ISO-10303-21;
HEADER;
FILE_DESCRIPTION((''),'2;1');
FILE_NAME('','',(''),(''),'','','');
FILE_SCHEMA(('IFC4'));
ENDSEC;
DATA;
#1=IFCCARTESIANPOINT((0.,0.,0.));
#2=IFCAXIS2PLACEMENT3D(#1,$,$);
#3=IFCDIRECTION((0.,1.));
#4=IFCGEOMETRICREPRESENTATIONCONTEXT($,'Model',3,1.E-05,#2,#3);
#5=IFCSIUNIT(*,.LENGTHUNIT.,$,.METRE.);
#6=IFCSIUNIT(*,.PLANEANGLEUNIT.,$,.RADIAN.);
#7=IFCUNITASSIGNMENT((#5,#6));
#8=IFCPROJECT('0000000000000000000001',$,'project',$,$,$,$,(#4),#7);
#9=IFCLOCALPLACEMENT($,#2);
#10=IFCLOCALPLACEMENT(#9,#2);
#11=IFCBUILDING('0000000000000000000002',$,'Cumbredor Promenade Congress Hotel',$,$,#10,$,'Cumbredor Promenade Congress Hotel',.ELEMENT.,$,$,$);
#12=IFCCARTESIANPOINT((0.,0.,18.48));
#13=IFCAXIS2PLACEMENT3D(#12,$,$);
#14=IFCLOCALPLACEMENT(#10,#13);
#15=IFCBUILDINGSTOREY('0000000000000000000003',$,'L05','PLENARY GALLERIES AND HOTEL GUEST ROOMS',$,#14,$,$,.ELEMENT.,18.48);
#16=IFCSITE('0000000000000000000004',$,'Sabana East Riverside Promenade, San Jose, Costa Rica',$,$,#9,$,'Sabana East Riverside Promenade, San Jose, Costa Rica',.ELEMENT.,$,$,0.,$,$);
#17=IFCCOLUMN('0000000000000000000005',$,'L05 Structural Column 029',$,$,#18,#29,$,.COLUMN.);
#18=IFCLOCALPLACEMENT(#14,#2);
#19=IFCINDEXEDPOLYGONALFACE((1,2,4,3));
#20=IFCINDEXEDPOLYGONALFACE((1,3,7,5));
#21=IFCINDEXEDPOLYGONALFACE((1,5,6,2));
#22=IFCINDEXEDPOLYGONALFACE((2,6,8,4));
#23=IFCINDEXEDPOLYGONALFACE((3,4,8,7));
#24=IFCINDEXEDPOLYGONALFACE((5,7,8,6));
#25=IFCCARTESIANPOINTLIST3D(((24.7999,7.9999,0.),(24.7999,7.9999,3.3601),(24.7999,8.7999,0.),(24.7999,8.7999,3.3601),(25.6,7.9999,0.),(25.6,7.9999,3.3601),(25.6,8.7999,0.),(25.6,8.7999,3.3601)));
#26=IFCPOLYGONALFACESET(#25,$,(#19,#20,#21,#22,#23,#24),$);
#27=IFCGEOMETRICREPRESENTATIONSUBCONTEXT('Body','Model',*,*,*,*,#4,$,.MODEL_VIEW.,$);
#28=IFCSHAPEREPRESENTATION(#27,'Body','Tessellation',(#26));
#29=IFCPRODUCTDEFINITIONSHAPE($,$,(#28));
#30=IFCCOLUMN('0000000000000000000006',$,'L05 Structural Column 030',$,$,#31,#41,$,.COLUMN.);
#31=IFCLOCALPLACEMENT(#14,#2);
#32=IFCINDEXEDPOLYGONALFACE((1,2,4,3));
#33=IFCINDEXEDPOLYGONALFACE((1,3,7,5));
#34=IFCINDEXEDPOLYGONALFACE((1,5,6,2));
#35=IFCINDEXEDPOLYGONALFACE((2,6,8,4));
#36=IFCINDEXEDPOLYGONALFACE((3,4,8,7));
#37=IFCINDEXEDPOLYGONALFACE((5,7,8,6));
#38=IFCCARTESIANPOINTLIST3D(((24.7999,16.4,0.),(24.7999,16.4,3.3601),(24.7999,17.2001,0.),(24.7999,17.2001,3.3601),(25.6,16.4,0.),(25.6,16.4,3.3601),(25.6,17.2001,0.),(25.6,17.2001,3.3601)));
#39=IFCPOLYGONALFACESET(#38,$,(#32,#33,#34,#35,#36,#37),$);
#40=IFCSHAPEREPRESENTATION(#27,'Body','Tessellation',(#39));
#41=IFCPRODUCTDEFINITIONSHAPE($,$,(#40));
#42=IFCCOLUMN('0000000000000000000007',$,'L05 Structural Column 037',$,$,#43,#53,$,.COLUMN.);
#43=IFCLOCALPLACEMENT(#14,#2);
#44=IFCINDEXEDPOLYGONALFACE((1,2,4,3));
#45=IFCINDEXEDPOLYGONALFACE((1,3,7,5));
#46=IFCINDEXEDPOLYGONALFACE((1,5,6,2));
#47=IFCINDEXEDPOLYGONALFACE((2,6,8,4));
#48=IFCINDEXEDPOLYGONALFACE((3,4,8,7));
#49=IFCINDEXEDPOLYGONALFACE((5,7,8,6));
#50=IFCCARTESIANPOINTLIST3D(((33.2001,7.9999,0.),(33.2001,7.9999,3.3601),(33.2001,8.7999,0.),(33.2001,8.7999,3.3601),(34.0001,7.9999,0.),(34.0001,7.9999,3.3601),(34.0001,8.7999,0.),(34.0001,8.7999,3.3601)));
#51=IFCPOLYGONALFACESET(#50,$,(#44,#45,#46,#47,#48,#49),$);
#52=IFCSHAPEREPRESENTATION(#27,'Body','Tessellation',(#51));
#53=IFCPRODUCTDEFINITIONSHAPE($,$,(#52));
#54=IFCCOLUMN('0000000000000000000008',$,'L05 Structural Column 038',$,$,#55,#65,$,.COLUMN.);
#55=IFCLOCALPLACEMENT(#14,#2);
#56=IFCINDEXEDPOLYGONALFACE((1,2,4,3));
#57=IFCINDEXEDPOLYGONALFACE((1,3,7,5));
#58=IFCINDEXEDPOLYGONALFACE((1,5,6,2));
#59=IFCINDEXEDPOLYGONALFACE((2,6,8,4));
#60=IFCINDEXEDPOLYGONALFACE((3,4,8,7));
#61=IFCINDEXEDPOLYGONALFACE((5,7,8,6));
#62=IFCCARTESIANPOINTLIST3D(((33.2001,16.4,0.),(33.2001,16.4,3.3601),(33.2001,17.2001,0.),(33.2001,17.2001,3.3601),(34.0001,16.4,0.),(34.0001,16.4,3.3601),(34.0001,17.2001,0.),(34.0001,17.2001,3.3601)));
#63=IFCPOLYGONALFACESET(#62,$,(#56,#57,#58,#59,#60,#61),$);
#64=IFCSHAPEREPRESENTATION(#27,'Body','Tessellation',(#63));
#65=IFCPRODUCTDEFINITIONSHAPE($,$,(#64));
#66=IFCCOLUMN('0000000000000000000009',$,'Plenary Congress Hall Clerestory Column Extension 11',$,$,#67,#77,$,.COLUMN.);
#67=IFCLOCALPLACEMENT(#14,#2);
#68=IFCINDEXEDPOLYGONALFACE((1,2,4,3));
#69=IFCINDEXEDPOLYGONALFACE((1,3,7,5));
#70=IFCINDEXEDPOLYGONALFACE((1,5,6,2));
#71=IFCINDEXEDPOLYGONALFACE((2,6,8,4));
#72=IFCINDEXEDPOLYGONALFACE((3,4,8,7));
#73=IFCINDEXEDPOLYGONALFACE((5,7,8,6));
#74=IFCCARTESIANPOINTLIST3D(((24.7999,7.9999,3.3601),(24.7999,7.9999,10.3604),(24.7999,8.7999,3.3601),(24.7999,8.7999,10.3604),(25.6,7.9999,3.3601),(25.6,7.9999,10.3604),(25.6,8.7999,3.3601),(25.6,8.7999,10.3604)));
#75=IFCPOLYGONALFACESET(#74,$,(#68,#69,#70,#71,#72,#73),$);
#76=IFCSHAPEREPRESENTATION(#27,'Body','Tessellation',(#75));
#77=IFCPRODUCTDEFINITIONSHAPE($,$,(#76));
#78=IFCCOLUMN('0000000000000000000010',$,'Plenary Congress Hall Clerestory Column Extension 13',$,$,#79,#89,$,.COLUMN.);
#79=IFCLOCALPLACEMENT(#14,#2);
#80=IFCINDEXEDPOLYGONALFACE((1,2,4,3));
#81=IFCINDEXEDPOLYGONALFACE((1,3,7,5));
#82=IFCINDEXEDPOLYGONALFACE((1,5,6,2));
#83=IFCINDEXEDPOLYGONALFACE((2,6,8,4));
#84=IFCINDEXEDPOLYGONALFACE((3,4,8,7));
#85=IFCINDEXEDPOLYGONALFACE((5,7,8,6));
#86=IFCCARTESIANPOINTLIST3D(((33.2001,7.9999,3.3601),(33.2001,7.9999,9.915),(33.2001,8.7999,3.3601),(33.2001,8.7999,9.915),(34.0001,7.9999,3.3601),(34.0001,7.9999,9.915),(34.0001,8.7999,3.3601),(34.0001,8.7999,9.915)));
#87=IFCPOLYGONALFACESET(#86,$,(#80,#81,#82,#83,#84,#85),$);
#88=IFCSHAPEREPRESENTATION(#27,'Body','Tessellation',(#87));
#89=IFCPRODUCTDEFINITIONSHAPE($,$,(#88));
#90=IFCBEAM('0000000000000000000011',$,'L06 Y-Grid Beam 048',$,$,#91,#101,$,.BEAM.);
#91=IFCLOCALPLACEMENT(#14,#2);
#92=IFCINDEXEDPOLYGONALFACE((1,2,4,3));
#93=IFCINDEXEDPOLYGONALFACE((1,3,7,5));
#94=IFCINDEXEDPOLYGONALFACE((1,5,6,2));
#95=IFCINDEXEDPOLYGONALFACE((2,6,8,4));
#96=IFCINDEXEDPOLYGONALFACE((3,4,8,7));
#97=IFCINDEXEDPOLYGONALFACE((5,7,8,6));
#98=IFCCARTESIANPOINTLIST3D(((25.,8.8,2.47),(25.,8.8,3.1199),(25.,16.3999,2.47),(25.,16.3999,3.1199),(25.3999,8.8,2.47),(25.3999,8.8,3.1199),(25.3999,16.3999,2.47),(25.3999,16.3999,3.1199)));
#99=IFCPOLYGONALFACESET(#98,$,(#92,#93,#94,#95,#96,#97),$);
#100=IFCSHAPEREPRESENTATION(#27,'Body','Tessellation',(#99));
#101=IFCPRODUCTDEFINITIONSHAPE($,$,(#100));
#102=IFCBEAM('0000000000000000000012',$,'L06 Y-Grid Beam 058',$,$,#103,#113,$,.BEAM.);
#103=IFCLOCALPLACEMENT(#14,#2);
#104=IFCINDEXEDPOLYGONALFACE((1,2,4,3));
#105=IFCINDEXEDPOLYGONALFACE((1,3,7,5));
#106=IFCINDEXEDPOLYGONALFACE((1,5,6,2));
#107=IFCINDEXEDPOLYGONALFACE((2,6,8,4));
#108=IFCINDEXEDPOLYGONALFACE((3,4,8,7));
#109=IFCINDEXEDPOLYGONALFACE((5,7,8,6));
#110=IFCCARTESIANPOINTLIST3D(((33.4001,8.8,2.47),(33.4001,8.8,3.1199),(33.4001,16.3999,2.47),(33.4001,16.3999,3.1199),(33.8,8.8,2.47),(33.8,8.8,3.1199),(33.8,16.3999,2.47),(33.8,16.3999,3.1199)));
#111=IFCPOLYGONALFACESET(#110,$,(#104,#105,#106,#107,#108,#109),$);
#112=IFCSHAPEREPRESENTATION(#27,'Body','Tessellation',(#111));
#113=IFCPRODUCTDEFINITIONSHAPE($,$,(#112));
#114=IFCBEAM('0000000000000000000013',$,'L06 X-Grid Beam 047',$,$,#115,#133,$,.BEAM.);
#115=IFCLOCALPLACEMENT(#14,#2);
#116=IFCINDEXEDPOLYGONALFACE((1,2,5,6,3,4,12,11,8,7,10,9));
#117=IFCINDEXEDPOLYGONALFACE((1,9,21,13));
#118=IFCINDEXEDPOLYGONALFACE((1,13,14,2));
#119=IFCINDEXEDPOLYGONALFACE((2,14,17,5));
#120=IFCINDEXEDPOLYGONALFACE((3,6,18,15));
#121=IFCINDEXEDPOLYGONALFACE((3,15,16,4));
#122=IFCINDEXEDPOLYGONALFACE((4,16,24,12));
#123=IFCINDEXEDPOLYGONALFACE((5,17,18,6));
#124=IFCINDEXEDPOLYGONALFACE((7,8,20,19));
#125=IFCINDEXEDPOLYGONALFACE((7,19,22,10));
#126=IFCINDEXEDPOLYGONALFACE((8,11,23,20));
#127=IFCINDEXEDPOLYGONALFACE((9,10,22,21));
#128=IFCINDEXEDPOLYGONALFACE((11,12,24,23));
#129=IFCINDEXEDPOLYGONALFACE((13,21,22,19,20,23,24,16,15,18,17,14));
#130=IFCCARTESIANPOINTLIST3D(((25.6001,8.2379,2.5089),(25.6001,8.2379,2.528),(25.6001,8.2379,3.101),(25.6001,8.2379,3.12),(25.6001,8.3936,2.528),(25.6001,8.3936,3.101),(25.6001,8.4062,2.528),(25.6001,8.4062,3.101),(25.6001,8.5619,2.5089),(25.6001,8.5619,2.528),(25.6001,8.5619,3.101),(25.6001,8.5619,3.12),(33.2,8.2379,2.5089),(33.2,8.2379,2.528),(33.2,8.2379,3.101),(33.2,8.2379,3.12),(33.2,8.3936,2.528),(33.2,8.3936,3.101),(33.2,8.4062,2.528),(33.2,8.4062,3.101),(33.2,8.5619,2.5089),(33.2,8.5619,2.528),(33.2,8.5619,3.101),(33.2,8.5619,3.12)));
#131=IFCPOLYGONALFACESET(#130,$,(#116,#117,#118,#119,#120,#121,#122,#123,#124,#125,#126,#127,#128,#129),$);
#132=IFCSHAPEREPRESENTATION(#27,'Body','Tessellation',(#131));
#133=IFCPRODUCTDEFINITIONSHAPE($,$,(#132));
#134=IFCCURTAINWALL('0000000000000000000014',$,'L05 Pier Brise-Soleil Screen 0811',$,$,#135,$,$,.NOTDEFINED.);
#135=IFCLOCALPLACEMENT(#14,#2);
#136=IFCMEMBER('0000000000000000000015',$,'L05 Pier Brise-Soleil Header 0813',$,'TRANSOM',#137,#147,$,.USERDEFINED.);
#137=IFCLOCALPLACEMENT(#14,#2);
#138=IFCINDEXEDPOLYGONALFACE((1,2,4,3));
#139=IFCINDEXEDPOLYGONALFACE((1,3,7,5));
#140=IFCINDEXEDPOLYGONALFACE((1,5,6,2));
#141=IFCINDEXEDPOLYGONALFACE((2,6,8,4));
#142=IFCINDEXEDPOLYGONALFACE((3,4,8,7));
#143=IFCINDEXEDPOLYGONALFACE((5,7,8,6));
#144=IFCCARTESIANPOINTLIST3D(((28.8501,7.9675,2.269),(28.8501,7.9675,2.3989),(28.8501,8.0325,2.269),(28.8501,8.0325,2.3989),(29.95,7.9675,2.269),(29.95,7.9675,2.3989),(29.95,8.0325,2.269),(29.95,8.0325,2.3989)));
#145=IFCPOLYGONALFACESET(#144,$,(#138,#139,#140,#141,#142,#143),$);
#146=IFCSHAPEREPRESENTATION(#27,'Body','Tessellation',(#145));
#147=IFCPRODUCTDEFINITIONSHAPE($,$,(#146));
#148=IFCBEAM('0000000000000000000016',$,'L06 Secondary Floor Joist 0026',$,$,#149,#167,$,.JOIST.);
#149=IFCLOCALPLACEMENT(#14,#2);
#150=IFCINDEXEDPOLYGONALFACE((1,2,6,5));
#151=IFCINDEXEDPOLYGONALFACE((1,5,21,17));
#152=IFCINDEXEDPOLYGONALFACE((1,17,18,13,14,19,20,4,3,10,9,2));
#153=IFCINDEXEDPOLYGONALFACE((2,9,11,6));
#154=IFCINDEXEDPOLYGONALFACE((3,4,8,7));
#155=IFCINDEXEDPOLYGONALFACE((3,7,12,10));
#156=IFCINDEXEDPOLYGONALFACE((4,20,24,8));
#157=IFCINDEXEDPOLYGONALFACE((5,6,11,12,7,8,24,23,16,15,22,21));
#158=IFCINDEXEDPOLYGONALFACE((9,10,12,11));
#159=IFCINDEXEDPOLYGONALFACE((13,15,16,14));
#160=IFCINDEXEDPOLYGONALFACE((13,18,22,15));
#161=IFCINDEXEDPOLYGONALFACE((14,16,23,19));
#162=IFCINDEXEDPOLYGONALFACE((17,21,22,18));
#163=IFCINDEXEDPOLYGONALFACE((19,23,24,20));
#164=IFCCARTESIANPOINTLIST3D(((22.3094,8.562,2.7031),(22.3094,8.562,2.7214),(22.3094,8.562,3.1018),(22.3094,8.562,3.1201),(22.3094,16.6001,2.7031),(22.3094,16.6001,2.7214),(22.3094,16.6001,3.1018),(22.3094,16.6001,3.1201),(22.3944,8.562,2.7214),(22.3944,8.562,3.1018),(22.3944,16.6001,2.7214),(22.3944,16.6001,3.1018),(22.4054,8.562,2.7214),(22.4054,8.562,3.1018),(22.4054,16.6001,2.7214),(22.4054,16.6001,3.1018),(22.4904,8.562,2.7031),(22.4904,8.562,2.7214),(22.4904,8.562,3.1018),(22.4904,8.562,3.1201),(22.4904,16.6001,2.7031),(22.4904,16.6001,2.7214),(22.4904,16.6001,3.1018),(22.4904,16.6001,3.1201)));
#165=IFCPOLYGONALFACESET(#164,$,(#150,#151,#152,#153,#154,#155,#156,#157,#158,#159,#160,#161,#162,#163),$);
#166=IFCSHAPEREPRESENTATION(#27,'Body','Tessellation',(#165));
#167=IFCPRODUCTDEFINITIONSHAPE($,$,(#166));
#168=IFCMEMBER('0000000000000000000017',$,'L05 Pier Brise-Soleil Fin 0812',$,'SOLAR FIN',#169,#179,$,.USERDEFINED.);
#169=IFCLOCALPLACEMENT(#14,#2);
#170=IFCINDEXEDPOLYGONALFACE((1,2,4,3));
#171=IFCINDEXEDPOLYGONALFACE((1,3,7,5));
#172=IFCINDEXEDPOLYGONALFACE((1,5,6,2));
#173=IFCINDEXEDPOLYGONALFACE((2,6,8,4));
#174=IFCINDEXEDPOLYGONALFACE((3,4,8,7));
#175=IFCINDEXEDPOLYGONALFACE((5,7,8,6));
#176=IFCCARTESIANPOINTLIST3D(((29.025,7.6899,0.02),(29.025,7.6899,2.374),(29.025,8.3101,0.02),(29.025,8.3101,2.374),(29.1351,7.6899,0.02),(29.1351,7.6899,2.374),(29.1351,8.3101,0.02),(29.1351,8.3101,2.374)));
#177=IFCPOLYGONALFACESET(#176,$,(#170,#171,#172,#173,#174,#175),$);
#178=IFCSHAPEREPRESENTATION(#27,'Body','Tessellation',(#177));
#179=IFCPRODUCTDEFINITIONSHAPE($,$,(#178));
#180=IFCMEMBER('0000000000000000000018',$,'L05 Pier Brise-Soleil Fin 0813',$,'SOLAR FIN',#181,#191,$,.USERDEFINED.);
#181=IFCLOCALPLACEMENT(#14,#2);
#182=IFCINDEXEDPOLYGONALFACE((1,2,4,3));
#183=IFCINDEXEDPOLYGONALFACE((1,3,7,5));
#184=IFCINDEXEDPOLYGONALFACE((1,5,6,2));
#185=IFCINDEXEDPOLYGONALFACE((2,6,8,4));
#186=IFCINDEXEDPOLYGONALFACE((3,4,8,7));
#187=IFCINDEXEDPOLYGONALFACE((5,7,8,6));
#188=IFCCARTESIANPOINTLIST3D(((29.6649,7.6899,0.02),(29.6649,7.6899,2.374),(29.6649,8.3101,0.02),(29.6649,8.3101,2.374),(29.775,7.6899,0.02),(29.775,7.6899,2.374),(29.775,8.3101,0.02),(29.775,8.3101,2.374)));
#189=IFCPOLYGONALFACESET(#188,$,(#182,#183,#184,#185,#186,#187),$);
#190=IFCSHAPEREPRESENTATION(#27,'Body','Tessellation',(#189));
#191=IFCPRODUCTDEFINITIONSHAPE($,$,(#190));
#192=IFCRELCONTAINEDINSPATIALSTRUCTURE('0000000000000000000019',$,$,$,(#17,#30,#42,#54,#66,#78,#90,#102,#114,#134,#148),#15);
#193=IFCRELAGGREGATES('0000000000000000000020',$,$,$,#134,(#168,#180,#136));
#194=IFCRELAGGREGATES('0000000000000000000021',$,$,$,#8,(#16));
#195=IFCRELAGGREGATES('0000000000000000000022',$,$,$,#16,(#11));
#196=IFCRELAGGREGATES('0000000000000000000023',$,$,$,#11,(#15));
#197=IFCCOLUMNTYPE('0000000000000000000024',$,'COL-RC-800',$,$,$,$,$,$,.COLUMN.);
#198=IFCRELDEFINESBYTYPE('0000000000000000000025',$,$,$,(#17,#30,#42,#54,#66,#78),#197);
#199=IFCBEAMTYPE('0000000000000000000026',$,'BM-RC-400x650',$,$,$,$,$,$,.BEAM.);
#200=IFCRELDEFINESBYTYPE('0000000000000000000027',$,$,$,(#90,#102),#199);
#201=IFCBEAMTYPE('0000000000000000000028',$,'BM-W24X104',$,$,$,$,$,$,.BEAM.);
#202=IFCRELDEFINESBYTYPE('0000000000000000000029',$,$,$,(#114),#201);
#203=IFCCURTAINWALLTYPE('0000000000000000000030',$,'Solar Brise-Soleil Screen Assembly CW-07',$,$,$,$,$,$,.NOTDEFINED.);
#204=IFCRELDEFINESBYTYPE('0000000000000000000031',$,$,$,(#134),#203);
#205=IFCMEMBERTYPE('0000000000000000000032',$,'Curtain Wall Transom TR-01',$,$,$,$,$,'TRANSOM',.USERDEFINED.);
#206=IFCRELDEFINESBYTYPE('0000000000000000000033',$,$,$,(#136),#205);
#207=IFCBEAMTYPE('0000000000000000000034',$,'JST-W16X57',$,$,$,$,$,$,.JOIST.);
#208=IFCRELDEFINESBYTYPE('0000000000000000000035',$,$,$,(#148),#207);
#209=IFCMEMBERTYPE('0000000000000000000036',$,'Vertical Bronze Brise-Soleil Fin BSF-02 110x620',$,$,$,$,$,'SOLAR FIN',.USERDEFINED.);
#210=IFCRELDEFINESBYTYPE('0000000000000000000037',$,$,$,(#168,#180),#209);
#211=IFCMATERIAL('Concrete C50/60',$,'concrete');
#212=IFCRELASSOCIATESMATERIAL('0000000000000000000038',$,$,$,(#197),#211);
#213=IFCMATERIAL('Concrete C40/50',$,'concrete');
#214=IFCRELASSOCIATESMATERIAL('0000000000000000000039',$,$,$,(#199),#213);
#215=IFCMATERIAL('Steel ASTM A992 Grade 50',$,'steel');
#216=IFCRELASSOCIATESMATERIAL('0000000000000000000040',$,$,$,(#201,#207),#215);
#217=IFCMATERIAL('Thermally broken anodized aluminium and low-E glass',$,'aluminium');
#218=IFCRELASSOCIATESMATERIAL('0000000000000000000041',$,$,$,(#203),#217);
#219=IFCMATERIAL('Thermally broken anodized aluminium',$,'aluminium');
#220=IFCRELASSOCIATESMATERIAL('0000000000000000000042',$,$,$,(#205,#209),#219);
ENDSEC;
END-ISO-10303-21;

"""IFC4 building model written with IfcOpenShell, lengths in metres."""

from ifc_helpers import new_model, si_unit, direction, frame, origin, origin_2d, place, context, subcontext, project, spatial, rectangle, i_section, extrude, material, material_profile, profile_set, type_object, element, aggregate, save


model = new_model("IFC4")

# Units and contexts
model_context = context("Model", 3, precision=1e-05, world=origin(), true_north=direction((0.0, 1.0)))
body_context = subcontext(model_context, "Body", "Model", "MODEL_VIEW")
ifc_project = project(units=[si_unit("LENGTHUNIT", "METRE"), si_unit("PLANEANGLEUNIT", "RADIAN")], contexts=[model_context])

# Site, building, storey
site_placement = place(None, origin())
site = spatial("IfcSite", under=ifc_project, at=site_placement, Name="Sabana East Riverside Promenade, San Jose, Costa Rica", LongName="Sabana East Riverside Promenade, San Jose, Costa Rica", CompositionType="ELEMENT", RefElevation=0.0)
building_placement = place(site_placement, origin())
building = spatial("IfcBuilding", under=site, at=building_placement, Name="Cumbredor Promenade Congress Hotel", LongName="Cumbredor Promenade Congress Hotel", CompositionType="ELEMENT")
storey_placement = place(building_placement, frame((0.0, 0.0, 18.48)))
storey = spatial("IfcBuildingStorey", under=building, at=storey_placement, Name="L05", Description="PLENARY GALLERIES AND HOTEL GUEST ROOMS", CompositionType="ELEMENT", Elevation=18.48)

# Columns
ifc_material_1 = material(Name="Concrete C50/60", Category="concrete")
ifc_material_profile_1 = material_profile(ifc_material_1, rectangle(XDim=0.8, YDim=0.8, at=origin_2d()), Name="RC 800x800")
ifc_profile_set_1 = profile_set([ifc_material_profile_1], Name="Concrete C50/60")
column_type = type_object("IfcColumnType", Name="COL-RC-800", PredefinedType="COLUMN", material=ifc_profile_set_1)
for number, where, z_axis, x_axis, name in (
    (1, (25.2, 8.3999, 0.0), (0.0, 0.0, 1.0), (1.0, 0.0, 0.0), "L05 Structural Column 029"),
    (2, (25.2, 16.8, 0.0), (0.0, 0.0, 1.0), (1.0, 0.0, 0.0), "L05 Structural Column 030"),
    (3, (33.6001, 8.3999, 0.0), (0.0, 0.0, 1.0), (1.0, 0.0, 0.0), "L05 Structural Column 037"),
    (4, (33.6001, 16.8, 0.0), (0.0, 0.0, 1.0), (1.0, 0.0, 0.0), "L05 Structural Column 038"),
):
    element("IfcColumn", number, at=place(storey_placement, frame(where, z_axis=z_axis, x_axis=x_axis)), inside=storey, type_object=column_type, Name=name, PredefinedType="COLUMN", context=body_context, shape_type="SweptSolid", body=[
        extrude(rectangle(XDim=0.8, YDim=0.8, at=origin_2d()), origin(), (0.0, 0.0, 1.0), 3.3601),
    ])
column_1_placement = place(storey_placement, frame((25.2, 8.3999, 3.3601), z_axis=(0.0, 0.0, 1.0), x_axis=(1.0, 0.0, 0.0)))
element("IfcColumn", 5, at=column_1_placement, inside=storey, type_object=column_type, Name="Plenary Congress Hall Clerestory Column Extension 11", PredefinedType="COLUMN", context=body_context, shape_type="SweptSolid", body=[
    extrude(rectangle(XDim=0.8, YDim=0.8, at=origin_2d()), origin(), (0.0, 0.0, 1.0), 7.0002),
])
column_2_placement = place(storey_placement, frame((33.6001, 8.3999, 3.3601), z_axis=(0.0, 0.0, 1.0), x_axis=(1.0, 0.0, 0.0)))
element("IfcColumn", 6, at=column_2_placement, inside=storey, type_object=column_type, Name="Plenary Congress Hall Clerestory Column Extension 13", PredefinedType="COLUMN", context=body_context, shape_type="SweptSolid", body=[
    extrude(rectangle(XDim=0.8, YDim=0.8, at=origin_2d()), origin(), (0.0, 0.0, 1.0), 6.5549),
])

# Beams
ifc_material_2 = material(Name="Concrete C40/50", Category="concrete")
ifc_material_profile_2 = material_profile(ifc_material_2, rectangle(XDim=0.3999, YDim=0.6499, at=origin_2d()), Name="RC BEAM 400x650")
ifc_profile_set_2 = profile_set([ifc_material_profile_2], Name="Concrete C40/50")
beam_type_1 = type_object("IfcBeamType", Name="BM-RC-400x650", PredefinedType="BEAM", material=ifc_profile_set_2)
for number, where, z_axis, x_axis, name in (
    (7, (25.2, 8.8, 2.7949), (0.0, 1.0, 0.0), (-1.0, 0.0, 0.0), "L06 Y-Grid Beam 048"),
    (8, (33.6001, 8.8, 2.7949), (0.0, 1.0, 0.0), (-1.0, 0.0, 0.0), "L06 Y-Grid Beam 058"),
):
    element("IfcBeam", number, at=place(storey_placement, frame(where, z_axis=z_axis, x_axis=x_axis)), inside=storey, type_object=beam_type_1, Name=name, PredefinedType="BEAM", context=body_context, shape_type="SweptSolid", body=[
        extrude(rectangle(XDim=0.3999, YDim=0.6499, at=origin_2d()), origin(), (0.0, 0.0, 1.0), 7.5999),
    ])
ifc_material_3 = material(Name="Steel ASTM A992 Grade 50", Category="steel")
ifc_material_profile_3 = material_profile(ifc_material_3, i_section(OverallWidth=0.324, OverallDepth=0.6111, WebThickness=0.0127, FlangeThickness=0.019, at=origin_2d()), Name="W24X104")
ifc_profile_set_3 = profile_set([ifc_material_profile_3], Name="Steel ASTM A992 Grade 50")
beam_type_2 = type_object("IfcBeamType", Name="BM-W24X104", PredefinedType="BEAM", material=ifc_profile_set_3)
beam_1_placement = place(storey_placement, frame((25.6001, 8.3999, 2.8145), z_axis=(1.0, 0.0, 0.0), x_axis=(0.0, 1.0, 0.0)))
element("IfcBeam", 9, at=beam_1_placement, inside=storey, type_object=beam_type_2, Name="L06 X-Grid Beam 047", PredefinedType="BEAM", context=body_context, shape_type="SweptSolid", body=[
    extrude(i_section(OverallWidth=0.324, OverallDepth=0.6111, WebThickness=0.0127, FlangeThickness=0.019, at=origin_2d()), origin(), (0.0, 0.0, 1.0), 7.5999),
])

# Curtain wall, member
ifc_material_4 = material(Name="Thermally broken anodized aluminium and low-E glass", Category="aluminium")
curtain_wall_type = type_object("IfcCurtainWallType", Name="Solar Brise-Soleil Screen Assembly CW-07", PredefinedType="NOTDEFINED", material=ifc_material_4)
curtain_wall_placement = place(storey_placement, origin())
curtain_wall = element("IfcCurtainWall", 10, at=curtain_wall_placement, inside=storey, type_object=curtain_wall_type, Name="L05 Pier Brise-Soleil Screen 0811", PredefinedType="NOTDEFINED")
ifc_material_5 = material(Name="Thermally broken anodized aluminium", Category="aluminium")
ifc_material_profile_4 = material_profile(ifc_material_5, rectangle(XDim=0.0649, YDim=0.1299, at=origin_2d()), Name="ALU TRANSOM 65x130")
ifc_profile_set_4 = profile_set([ifc_material_profile_4], Name="Thermally broken anodized aluminium")
member_type_1 = type_object("IfcMemberType", Name="Curtain Wall Transom TR-01", ElementType="TRANSOM", PredefinedType="USERDEFINED", material=ifc_profile_set_4)
member_1_placement = place(storey_placement, frame((28.8501, 8.0, 2.334), z_axis=(1.0, 0.0, 0.0), x_axis=(0.0, 1.0, 0.0)))
member_1 = element("IfcMember", 11, at=member_1_placement, type_object=member_type_1, Name="L05 Pier Brise-Soleil Header 0813", ObjectType="TRANSOM", PredefinedType="USERDEFINED", context=body_context, shape_type="SweptSolid", body=[
    extrude(rectangle(XDim=0.0649, YDim=0.1299, at=origin_2d()), origin(), (0.0, 0.0, 1.0), 1.0999),
])

# Beam
ifc_material_profile_5 = material_profile(ifc_material_3, i_section(OverallWidth=0.1809, OverallDepth=0.417, WebThickness=0.011, FlangeThickness=0.0183, at=origin_2d()), Name="W16X57")
ifc_profile_set_5 = profile_set([ifc_material_profile_5], Name="Steel ASTM A992 Grade 50")
beam_type_3 = type_object("IfcBeamType", Name="JST-W16X57", PredefinedType="JOIST", material=ifc_profile_set_5)
beam_2_placement = place(storey_placement, frame((22.3999, 8.562, 2.9116), z_axis=(0.0, 1.0, 0.0), x_axis=(-1.0, 0.0, 0.0)))
element("IfcBeam", 12, at=beam_2_placement, inside=storey, type_object=beam_type_3, Name="L06 Secondary Floor Joist 0026", PredefinedType="JOIST", context=body_context, shape_type="SweptSolid", body=[
    extrude(i_section(OverallWidth=0.1809, OverallDepth=0.417, WebThickness=0.011, FlangeThickness=0.0183, at=origin_2d()), origin(), (0.0, 0.0, 1.0), 8.0381),
])

# Members
ifc_material_profile_6 = material_profile(ifc_material_5, rectangle(XDim=0.1101, YDim=0.6201, at=origin_2d()), Name="ARCH FIN 110x620")
ifc_profile_set_6 = profile_set([ifc_material_profile_6], Name="Thermally broken anodized aluminium")
member_type_2 = type_object("IfcMemberType", Name="Vertical Bronze Brise-Soleil Fin BSF-02 110x620", ElementType="SOLAR FIN", PredefinedType="USERDEFINED", material=ifc_profile_set_6)
member_2_placement = place(storey_placement, frame((29.0801, 8.0, 0.02), z_axis=(0.0, 0.0, 1.0), x_axis=(1.0, 0.0, 0.0)))
member_2 = element("IfcMember", 13, at=member_2_placement, type_object=member_type_2, Name="L05 Pier Brise-Soleil Fin 0812", ObjectType="SOLAR FIN", PredefinedType="USERDEFINED", context=body_context, shape_type="SweptSolid", body=[
    extrude(rectangle(XDim=0.1101, YDim=0.6201, at=origin_2d()), origin(), (0.0, 0.0, 1.0), 2.354),
])
member_3_placement = place(storey_placement, frame((29.72, 8.0, 0.02), z_axis=(0.0, 0.0, 1.0), x_axis=(1.0, 0.0, 0.0)))
member_3 = element("IfcMember", 14, at=member_3_placement, type_object=member_type_2, Name="L05 Pier Brise-Soleil Fin 0813", ObjectType="SOLAR FIN", PredefinedType="USERDEFINED", context=body_context, shape_type="SweptSolid", body=[
    extrude(rectangle(XDim=0.1101, YDim=0.6201, at=origin_2d()), origin(), (0.0, 0.0, 1.0), 2.354),
])
aggregate(curtain_wall, [member_2, member_3, member_1])

save(model, "model.ifc")
